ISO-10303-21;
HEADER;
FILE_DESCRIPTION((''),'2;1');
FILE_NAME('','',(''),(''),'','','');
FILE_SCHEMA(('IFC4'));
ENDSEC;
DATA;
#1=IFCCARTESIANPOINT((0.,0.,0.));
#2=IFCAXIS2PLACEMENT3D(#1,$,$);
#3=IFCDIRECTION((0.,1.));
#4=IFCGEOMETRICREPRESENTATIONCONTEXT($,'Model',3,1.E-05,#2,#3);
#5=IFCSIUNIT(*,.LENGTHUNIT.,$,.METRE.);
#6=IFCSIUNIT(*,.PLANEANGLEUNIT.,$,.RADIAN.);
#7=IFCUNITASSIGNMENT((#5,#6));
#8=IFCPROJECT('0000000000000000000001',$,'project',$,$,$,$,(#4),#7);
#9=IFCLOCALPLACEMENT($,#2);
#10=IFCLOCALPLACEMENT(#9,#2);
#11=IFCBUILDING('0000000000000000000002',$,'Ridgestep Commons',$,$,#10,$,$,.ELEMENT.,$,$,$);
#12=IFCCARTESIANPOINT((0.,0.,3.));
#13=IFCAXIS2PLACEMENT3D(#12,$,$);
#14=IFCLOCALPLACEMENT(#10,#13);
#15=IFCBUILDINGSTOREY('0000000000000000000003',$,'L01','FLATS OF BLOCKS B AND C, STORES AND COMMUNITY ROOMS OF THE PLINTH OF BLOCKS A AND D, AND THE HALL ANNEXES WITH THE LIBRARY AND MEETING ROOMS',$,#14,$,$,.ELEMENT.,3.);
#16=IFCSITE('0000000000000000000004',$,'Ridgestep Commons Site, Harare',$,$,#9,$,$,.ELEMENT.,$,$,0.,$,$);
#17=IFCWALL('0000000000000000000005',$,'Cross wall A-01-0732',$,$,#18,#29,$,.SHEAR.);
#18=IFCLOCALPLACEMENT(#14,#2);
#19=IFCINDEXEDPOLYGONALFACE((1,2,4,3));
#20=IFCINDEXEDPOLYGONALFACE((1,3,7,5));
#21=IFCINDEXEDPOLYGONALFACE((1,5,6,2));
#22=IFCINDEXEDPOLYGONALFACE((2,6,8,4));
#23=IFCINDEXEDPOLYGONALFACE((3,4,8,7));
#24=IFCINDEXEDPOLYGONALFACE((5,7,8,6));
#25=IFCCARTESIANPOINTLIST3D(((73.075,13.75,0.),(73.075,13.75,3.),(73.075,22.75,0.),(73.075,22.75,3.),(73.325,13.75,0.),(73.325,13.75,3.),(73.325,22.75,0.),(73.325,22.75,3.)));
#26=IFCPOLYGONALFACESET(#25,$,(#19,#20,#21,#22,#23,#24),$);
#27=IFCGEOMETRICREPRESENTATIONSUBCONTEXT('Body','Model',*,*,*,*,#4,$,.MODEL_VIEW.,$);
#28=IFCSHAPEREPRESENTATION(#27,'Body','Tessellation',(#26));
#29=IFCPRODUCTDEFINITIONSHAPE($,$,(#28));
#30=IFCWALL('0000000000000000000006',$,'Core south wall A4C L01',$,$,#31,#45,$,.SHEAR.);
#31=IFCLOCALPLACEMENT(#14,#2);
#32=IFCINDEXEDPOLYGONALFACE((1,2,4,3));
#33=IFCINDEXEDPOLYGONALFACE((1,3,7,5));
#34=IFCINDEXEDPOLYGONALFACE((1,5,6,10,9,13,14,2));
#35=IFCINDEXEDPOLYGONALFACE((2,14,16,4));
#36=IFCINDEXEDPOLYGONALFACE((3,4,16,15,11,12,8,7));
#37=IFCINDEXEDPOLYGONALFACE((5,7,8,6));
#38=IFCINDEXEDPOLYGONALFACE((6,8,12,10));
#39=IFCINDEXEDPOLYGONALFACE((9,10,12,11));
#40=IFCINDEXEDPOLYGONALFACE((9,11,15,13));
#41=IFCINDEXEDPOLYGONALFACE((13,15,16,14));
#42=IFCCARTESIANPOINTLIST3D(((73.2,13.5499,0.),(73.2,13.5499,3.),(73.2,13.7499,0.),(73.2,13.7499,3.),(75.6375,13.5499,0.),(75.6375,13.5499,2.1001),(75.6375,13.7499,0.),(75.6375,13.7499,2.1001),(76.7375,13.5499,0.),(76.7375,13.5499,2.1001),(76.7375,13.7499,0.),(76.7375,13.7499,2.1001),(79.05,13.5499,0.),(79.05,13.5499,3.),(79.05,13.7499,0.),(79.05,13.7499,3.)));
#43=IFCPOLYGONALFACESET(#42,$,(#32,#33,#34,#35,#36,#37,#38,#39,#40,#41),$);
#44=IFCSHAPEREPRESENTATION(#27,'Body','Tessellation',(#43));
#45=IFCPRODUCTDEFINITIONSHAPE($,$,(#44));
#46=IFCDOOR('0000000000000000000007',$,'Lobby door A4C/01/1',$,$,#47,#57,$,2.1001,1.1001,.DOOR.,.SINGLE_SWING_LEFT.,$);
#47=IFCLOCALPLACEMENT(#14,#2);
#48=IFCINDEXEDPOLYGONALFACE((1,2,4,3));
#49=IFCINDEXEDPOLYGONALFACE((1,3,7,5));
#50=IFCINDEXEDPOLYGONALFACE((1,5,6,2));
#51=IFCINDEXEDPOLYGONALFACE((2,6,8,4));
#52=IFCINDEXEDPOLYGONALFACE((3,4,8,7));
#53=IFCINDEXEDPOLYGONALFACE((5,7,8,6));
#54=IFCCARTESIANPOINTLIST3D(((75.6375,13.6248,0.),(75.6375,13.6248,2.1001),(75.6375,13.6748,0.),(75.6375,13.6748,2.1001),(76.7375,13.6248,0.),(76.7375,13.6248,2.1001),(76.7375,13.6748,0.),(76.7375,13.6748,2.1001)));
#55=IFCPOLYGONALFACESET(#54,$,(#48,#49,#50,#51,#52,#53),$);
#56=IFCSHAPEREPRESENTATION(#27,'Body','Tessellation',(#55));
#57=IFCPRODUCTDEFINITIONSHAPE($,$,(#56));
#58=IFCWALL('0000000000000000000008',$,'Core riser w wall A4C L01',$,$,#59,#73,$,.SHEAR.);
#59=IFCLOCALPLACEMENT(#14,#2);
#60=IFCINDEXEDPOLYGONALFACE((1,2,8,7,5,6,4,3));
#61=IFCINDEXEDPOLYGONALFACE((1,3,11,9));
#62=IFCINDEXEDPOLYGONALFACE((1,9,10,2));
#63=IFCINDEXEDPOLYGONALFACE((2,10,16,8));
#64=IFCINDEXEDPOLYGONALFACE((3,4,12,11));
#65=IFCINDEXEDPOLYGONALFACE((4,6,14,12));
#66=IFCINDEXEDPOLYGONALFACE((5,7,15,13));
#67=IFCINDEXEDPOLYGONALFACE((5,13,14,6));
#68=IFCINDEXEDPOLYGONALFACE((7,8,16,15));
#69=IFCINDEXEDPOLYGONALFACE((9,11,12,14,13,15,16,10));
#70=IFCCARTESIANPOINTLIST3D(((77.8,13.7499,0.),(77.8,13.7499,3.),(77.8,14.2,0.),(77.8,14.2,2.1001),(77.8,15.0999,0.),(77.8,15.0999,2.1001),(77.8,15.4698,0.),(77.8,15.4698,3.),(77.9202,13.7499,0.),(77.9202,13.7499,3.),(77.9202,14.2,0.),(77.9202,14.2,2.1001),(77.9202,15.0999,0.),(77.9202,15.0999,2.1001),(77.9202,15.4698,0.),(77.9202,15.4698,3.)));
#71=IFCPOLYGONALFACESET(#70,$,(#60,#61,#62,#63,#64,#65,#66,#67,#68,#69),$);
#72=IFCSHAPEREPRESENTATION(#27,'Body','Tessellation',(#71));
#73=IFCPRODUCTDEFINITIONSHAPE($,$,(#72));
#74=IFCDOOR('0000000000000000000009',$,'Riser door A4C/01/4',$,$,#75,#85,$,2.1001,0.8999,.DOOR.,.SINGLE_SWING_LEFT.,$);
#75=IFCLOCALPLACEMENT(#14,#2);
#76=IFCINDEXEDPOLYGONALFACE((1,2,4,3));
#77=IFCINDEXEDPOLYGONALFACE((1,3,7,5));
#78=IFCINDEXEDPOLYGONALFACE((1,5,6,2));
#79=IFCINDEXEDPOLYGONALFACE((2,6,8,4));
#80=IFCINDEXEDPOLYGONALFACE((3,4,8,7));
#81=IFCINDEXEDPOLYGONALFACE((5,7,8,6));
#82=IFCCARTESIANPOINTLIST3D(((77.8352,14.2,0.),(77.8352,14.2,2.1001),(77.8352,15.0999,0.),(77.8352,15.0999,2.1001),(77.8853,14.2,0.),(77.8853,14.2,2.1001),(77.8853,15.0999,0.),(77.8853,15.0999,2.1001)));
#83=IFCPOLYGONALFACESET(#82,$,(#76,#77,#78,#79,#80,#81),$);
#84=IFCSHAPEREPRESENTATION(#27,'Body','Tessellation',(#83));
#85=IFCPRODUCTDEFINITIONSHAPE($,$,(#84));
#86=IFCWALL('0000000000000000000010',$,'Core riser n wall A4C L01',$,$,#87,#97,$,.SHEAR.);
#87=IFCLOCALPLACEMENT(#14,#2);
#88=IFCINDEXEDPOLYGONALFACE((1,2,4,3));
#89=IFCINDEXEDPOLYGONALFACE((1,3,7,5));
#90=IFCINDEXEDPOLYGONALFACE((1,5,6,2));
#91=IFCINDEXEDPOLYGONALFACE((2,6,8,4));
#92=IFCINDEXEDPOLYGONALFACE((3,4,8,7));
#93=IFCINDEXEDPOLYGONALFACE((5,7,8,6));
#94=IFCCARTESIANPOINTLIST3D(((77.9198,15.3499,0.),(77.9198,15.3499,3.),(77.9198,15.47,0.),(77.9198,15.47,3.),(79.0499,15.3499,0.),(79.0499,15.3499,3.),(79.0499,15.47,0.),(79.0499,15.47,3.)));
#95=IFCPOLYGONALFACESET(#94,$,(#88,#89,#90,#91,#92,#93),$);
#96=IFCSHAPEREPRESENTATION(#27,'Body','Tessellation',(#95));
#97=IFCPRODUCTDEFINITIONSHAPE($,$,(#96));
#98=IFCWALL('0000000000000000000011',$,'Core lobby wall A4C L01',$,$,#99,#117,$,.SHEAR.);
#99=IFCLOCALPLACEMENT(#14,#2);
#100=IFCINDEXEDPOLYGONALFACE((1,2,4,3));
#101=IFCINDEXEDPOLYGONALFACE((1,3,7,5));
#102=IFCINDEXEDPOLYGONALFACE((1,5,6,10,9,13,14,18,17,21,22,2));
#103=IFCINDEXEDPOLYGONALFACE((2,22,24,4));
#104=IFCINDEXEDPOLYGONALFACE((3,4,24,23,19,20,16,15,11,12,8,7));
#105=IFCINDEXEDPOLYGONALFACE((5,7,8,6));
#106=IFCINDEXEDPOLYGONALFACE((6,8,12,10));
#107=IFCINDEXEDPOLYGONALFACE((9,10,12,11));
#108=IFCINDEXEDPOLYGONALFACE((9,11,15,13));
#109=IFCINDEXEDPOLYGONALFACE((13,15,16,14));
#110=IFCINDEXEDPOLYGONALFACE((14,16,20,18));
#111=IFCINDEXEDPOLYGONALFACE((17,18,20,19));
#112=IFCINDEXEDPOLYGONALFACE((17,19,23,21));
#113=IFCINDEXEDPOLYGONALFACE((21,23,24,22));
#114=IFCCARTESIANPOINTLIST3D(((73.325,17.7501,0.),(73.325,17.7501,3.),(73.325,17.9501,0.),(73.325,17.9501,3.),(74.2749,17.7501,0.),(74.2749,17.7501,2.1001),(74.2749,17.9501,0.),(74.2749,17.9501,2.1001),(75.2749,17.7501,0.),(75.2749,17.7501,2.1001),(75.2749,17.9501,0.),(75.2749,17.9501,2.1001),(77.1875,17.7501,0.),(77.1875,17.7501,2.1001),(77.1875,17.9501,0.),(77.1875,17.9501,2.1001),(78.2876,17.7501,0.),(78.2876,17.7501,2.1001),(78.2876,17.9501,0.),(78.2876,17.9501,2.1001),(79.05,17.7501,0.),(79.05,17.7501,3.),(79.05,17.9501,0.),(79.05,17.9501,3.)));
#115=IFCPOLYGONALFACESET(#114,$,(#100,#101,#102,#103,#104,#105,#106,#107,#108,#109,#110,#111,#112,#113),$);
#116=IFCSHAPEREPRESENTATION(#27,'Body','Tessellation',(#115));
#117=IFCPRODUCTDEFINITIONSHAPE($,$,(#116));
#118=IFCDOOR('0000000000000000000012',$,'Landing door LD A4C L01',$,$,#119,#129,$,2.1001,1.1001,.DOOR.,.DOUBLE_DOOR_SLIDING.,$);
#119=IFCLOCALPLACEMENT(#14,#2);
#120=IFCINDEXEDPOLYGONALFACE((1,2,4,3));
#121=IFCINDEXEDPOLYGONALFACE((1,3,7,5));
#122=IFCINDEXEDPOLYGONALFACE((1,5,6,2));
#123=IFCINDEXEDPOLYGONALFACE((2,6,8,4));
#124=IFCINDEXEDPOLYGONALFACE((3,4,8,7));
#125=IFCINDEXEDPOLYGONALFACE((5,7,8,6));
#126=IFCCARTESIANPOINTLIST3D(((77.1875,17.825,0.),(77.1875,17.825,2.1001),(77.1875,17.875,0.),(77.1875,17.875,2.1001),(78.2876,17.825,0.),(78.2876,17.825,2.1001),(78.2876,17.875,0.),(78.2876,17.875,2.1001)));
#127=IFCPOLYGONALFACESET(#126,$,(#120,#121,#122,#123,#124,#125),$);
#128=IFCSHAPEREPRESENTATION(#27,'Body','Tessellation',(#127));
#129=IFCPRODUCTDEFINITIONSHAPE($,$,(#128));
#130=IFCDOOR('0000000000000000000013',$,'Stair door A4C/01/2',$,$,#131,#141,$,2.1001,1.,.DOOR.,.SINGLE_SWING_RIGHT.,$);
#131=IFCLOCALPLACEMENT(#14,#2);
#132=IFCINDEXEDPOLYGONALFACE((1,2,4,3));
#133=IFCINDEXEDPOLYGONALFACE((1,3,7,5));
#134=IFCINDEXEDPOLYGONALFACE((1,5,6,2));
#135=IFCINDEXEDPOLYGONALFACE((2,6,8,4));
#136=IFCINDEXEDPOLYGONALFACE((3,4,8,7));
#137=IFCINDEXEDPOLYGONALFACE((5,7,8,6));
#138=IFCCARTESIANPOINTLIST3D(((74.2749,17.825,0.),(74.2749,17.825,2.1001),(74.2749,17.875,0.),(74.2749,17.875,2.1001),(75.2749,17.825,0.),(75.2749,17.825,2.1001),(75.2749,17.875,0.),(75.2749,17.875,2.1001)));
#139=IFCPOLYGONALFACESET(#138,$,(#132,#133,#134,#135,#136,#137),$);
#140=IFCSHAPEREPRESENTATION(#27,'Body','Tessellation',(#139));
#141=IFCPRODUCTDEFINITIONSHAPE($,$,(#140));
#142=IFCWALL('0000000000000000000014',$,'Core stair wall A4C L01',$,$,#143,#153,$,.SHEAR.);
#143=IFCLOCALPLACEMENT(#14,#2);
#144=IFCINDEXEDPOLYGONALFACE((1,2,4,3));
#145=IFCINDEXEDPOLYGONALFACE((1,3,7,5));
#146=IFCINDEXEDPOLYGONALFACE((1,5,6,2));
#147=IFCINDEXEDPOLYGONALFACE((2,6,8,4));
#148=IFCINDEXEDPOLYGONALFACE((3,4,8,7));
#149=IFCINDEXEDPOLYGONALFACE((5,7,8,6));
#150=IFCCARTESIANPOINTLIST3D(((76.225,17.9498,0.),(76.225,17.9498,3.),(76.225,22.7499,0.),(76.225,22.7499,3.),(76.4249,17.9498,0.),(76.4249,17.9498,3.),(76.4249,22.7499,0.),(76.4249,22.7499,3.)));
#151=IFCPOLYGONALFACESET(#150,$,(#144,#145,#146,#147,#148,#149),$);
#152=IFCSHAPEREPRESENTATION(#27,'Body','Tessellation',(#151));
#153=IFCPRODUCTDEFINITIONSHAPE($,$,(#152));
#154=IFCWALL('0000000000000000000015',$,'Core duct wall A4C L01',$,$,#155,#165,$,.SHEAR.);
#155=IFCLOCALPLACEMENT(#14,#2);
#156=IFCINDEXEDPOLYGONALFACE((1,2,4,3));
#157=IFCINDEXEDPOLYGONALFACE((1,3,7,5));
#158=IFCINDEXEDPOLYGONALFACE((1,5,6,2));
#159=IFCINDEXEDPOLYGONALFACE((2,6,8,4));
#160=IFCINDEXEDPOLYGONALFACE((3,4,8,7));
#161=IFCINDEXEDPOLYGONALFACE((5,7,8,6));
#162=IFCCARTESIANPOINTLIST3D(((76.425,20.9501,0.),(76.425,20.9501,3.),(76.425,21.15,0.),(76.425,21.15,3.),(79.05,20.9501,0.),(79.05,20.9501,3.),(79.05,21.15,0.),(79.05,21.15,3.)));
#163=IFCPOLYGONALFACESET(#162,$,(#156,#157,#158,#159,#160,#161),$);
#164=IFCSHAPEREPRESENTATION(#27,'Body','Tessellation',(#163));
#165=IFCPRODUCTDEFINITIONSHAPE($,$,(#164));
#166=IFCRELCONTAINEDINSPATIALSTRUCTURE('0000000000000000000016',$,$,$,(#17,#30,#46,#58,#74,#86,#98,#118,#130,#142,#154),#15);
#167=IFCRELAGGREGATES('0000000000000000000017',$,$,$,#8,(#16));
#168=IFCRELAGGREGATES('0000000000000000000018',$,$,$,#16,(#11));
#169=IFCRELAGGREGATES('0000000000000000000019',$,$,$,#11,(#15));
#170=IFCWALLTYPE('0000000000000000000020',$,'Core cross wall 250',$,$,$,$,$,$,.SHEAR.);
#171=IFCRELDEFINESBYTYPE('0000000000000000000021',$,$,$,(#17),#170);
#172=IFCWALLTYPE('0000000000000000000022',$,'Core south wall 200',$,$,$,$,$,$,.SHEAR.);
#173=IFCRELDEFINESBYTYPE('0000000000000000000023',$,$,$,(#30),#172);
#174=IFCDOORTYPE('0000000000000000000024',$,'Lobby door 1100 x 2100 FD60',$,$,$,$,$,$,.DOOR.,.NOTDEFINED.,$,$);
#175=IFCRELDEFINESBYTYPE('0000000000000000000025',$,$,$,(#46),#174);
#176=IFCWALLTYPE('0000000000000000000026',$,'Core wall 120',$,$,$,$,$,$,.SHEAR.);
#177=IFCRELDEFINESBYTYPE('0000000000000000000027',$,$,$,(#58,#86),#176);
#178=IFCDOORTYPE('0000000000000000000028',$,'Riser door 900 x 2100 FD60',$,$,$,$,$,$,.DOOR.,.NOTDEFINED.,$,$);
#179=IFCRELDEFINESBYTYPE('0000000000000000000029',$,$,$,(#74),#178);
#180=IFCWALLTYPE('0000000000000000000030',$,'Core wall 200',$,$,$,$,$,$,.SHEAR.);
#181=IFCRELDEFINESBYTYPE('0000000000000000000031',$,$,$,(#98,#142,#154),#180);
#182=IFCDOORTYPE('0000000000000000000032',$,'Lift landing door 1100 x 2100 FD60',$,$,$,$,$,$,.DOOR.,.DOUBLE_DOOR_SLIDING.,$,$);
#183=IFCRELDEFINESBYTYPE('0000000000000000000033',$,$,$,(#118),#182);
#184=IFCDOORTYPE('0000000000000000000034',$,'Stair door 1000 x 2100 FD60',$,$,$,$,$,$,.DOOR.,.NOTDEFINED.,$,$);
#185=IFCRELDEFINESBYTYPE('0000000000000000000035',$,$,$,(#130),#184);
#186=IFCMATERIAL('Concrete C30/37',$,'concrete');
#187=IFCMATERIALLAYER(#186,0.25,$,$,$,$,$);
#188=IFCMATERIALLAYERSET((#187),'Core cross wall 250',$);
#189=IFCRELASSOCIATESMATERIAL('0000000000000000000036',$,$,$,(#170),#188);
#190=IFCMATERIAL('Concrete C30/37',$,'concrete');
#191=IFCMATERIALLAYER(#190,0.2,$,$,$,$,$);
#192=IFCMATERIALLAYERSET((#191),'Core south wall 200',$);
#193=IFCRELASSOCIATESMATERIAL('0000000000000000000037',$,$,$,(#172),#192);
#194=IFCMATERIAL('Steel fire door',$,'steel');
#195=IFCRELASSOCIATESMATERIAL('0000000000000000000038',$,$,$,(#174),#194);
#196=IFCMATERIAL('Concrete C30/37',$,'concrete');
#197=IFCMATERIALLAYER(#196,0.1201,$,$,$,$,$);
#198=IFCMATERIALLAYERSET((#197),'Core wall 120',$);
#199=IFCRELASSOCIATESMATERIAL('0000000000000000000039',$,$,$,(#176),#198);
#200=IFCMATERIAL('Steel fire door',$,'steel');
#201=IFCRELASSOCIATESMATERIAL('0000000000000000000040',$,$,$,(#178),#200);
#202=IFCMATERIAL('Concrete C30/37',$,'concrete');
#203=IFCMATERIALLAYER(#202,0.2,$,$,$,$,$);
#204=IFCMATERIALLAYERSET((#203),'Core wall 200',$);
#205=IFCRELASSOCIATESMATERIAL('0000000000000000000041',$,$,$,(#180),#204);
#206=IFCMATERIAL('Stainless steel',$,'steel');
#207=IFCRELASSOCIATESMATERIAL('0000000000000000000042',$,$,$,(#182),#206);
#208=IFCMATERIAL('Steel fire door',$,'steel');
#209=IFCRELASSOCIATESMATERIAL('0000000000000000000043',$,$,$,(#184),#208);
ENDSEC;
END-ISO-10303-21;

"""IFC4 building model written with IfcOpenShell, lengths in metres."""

from ifc_helpers import new_model, si_unit, direction, frame, frame_2d, origin, place, context, subcontext, project, spatial, rectangle, extrude, material, layer, layer_set, type_object, element, fill, save


model = new_model("IFC4")

# Units and contexts
model_context = context("Model", 3, precision=1e-05, world=origin(), true_north=direction((0.0, 1.0)))
body_context = subcontext(model_context, "Body", "Model", "MODEL_VIEW")
ifc_project = project(units=[si_unit("LENGTHUNIT", "METRE"), si_unit("PLANEANGLEUNIT", "RADIAN")], contexts=[model_context])

# Site, building, storey
site_placement = place(None, origin())
site = spatial("IfcSite", under=ifc_project, at=site_placement, Name="Ridgestep Commons Site, Harare", CompositionType="ELEMENT", RefElevation=0.0)
building_placement = place(site_placement, origin())
building = spatial("IfcBuilding", under=site, at=building_placement, Name="Ridgestep Commons", CompositionType="ELEMENT")
storey_placement = place(building_placement, frame((0.0, 0.0, 3.0)))
storey = spatial("IfcBuildingStorey", under=building, at=storey_placement, Name="L01", Description="FLATS OF BLOCKS B AND C, STORES AND COMMUNITY ROOMS OF THE PLINTH OF BLOCKS A AND D, AND THE HALL ANNEXES WITH THE LIBRARY AND MEETING ROOMS", CompositionType="ELEMENT", Elevation=3.0)

# Wall
ifc_material_1 = material(Name="Concrete C30/37", Category="concrete")
ifc_layer_1 = layer(ifc_material_1, 0.25)
ifc_layer_set_1 = layer_set([ifc_layer_1], Name="Core cross wall 250")
wall_type_1 = type_object("IfcWallType", Name="Core cross wall 250", PredefinedType="SHEAR", material=ifc_layer_set_1)
wall_1_placement = place(storey_placement, frame((73.2, 13.75, 0.0), z_axis=(0.0, 0.0, 1.0), x_axis=(0.0, 1.0, 0.0)))
element("IfcWall", 1, at=wall_1_placement, inside=storey, type_object=wall_type_1, Name="Cross wall A-01-0732", PredefinedType="SHEAR", context=body_context, shape_type="SweptSolid", body=[
    extrude(rectangle(XDim=9.0, YDim=0.25, at=frame_2d((4.5, 0.0))), origin(), (0.0, 0.0, 1.0), 3.0),
])

# Walls, openings, doors
ifc_material_2 = material(Name="Concrete C30/37", Category="concrete")
ifc_layer_2 = layer(ifc_material_2, 0.2)
ifc_layer_set_2 = layer_set([ifc_layer_2], Name="Core south wall 200")
wall_type_2 = type_object("IfcWallType", Name="Core south wall 200", PredefinedType="SHEAR", material=ifc_layer_set_2)
wall_2_placement = place(storey_placement, frame((73.2, 13.6499, 0.0), z_axis=(0.0, 0.0, 1.0), x_axis=(1.0, 0.0, 0.0)))
wall_2 = element("IfcWall", 2, at=wall_2_placement, inside=storey, type_object=wall_type_2, Name="Core south wall A4C L01", PredefinedType="SHEAR", context=body_context, shape_type="SweptSolid", body=[
    extrude(rectangle(XDim=5.8501, YDim=0.2, at=frame_2d((2.925, 0.0))), origin(), (0.0, 0.0, 1.0), 3.0),
])
opening_1_placement = place(wall_2_placement, frame((2.4375, 0.0, 0.0)))
opening_1 = element("IfcOpeningElement", 3, at=opening_1_placement, cuts=wall_2, PredefinedType="OPENING", context=body_context, shape_type="SweptSolid", body=[
    extrude(rectangle(XDim=1.1001, YDim=2.1001, at=frame_2d((0.55, 1.05))), frame((0.0, 0.1099, 0.0), z_axis=(0.0, -1.0, 0.0), x_axis=(1.0, 0.0, 0.0)), (0.0, 0.0, 1.0), 0.22),
])
ifc_material_3 = material(Name="Steel fire door", Category="steel")
door_type_1 = type_object("IfcDoorType", Name="Lobby door 1100 x 2100 FD60", OperationType="NOTDEFINED", PredefinedType="DOOR", material=ifc_material_3)
door_1_placement = place(opening_1_placement, origin())
door_1 = element("IfcDoor", 4, at=door_1_placement, inside=storey, type_object=door_type_1, Name="Lobby door A4C/01/1", OperationType="SINGLE_SWING_LEFT", OverallHeight=2.1001, OverallWidth=1.1001, PredefinedType="DOOR", context=body_context, shape_type="SweptSolid", body=[
    extrude(rectangle(XDim=1.1001, YDim=2.1001, at=frame_2d((0.55, 1.05))), frame((0.0, 0.0249, 0.0), z_axis=(0.0, -1.0, 0.0), x_axis=(1.0, 0.0, 0.0)), (0.0, 0.0, 1.0), 0.05),
])
fill(opening_1, door_1)
ifc_material_4 = material(Name="Concrete C30/37", Category="concrete")
ifc_layer_3 = layer(ifc_material_4, 0.1201)
ifc_layer_set_3 = layer_set([ifc_layer_3], Name="Core wall 120")
wall_type_3 = type_object("IfcWallType", Name="Core wall 120", PredefinedType="SHEAR", material=ifc_layer_set_3)
wall_3_placement = place(storey_placement, frame((77.8601, 13.75, 0.0), z_axis=(0.0, 0.0, 1.0), x_axis=(0.0, 1.0, 0.0)))
wall_3 = element("IfcWall", 5, at=wall_3_placement, inside=storey, type_object=wall_type_3, Name="Core riser w wall A4C L01", PredefinedType="SHEAR", context=body_context, shape_type="SweptSolid", body=[
    extrude(rectangle(XDim=1.72, YDim=0.1201, at=frame_2d((0.8599, 0.0))), origin(), (0.0, 0.0, 1.0), 3.0),
])
opening_2_placement = place(wall_3_placement, frame((0.45, 0.0, 0.0)))
opening_2 = element("IfcOpeningElement", 6, at=opening_2_placement, cuts=wall_3, PredefinedType="OPENING", context=body_context, shape_type="SweptSolid", body=[
    extrude(rectangle(XDim=0.8999, YDim=2.1001, at=frame_2d((0.45, 1.05))), frame((0.0, 0.0701, 0.0), z_axis=(0.0, -1.0, 0.0), x_axis=(1.0, 0.0, 0.0)), (0.0, 0.0, 1.0), 0.1401),
])
ifc_material_5 = material(Name="Steel fire door", Category="steel")
door_type_2 = type_object("IfcDoorType", Name="Riser door 900 x 2100 FD60", OperationType="NOTDEFINED", PredefinedType="DOOR", material=ifc_material_5)
door_2_placement = place(opening_2_placement, origin())
door_2 = element("IfcDoor", 7, at=door_2_placement, inside=storey, type_object=door_type_2, Name="Riser door A4C/01/4", OperationType="SINGLE_SWING_LEFT", OverallHeight=2.1001, OverallWidth=0.8999, PredefinedType="DOOR", context=body_context, shape_type="SweptSolid", body=[
    extrude(rectangle(XDim=0.8999, YDim=2.1001, at=frame_2d((0.45, 1.05))), frame((0.0, 0.0249, 0.0), z_axis=(0.0, -1.0, 0.0), x_axis=(1.0, 0.0, 0.0)), (0.0, 0.0, 1.0), 0.05),
])
fill(opening_2, door_2)

# Wall
wall_4_placement = place(storey_placement, frame((77.9199, 15.4099, 0.0), z_axis=(0.0, 0.0, 1.0), x_axis=(1.0, 0.0, 0.0)))
element("IfcWall", 8, at=wall_4_placement, inside=storey, type_object=wall_type_3, Name="Core riser n wall A4C L01", PredefinedType="SHEAR", context=body_context, shape_type="SweptSolid", body=[
    extrude(rectangle(XDim=1.1301, YDim=0.1201, at=frame_2d((0.5649, 0.0))), origin(), (0.0, 0.0, 1.0), 3.0),
])

# Wall, openings, doors
ifc_material_6 = material(Name="Concrete C30/37", Category="concrete")
ifc_layer_4 = layer(ifc_material_6, 0.2)
ifc_layer_set_4 = layer_set([ifc_layer_4], Name="Core wall 200")
wall_type_4 = type_object("IfcWallType", Name="Core wall 200", PredefinedType="SHEAR", material=ifc_layer_set_4)
wall_5_placement = place(storey_placement, frame((73.325, 17.8501, 0.0), z_axis=(0.0, 0.0, 1.0), x_axis=(1.0, 0.0, 0.0)))
wall_5 = element("IfcWall", 9, at=wall_5_placement, inside=storey, type_object=wall_type_4, Name="Core lobby wall A4C L01", PredefinedType="SHEAR", context=body_context, shape_type="SweptSolid", body=[
    extrude(rectangle(XDim=5.7251, YDim=0.2, at=frame_2d((2.8625, 0.0))), origin(), (0.0, 0.0, 1.0), 3.0),
])
opening_3_placement = place(wall_5_placement, frame((0.95, 0.0, 0.0)))
opening_3 = element("IfcOpeningElement", 10, at=opening_3_placement, cuts=wall_5, PredefinedType="OPENING", context=body_context, shape_type="SweptSolid", body=[
    extrude(rectangle(XDim=1.0, YDim=2.1001, at=frame_2d((0.5, 1.05))), frame((0.0, 0.1099, 0.0), z_axis=(0.0, -1.0, 0.0), x_axis=(1.0, 0.0, 0.0)), (0.0, 0.0, 1.0), 0.22),
])
opening_4_placement = place(wall_5_placement, frame((3.8625, 0.0, 0.0)))
opening_4 = element("IfcOpeningElement", 11, at=opening_4_placement, cuts=wall_5, PredefinedType="OPENING", context=body_context, shape_type="SweptSolid", body=[
    extrude(rectangle(XDim=1.1001, YDim=2.1001, at=frame_2d((0.55, 1.05))), frame((0.0, 0.1099, 0.0), z_axis=(0.0, -1.0, 0.0), x_axis=(1.0, 0.0, 0.0)), (0.0, 0.0, 1.0), 0.22),
])
ifc_material_7 = material(Name="Stainless steel", Category="steel")
door_type_3 = type_object("IfcDoorType", Name="Lift landing door 1100 x 2100 FD60", OperationType="DOUBLE_DOOR_SLIDING", PredefinedType="DOOR", material=ifc_material_7)
door_3_placement = place(opening_4_placement, origin())
door_3 = element("IfcDoor", 12, at=door_3_placement, inside=storey, type_object=door_type_3, Name="Landing door LD A4C L01", OperationType="DOUBLE_DOOR_SLIDING", OverallHeight=2.1001, OverallWidth=1.1001, PredefinedType="DOOR", context=body_context, shape_type="SweptSolid", body=[
    extrude(rectangle(XDim=1.1001, YDim=2.1001, at=frame_2d((0.55, 1.05))), frame((0.0, 0.0249, 0.0), z_axis=(0.0, -1.0, 0.0), x_axis=(1.0, 0.0, 0.0)), (0.0, 0.0, 1.0), 0.05),
])
fill(opening_4, door_3)
ifc_material_8 = material(Name="Steel fire door", Category="steel")
door_type_4 = type_object("IfcDoorType", Name="Stair door 1000 x 2100 FD60", OperationType="NOTDEFINED", PredefinedType="DOOR", material=ifc_material_8)
door_4_placement = place(opening_3_placement, origin())
door_4 = element("IfcDoor", 13, at=door_4_placement, inside=storey, type_object=door_type_4, Name="Stair door A4C/01/2", OperationType="SINGLE_SWING_RIGHT", OverallHeight=2.1001, OverallWidth=1.0, PredefinedType="DOOR", context=body_context, shape_type="SweptSolid", body=[
    extrude(rectangle(XDim=1.0, YDim=2.1001, at=frame_2d((0.5, 1.05))), frame((0.0, 0.0249, 0.0), z_axis=(0.0, -1.0, 0.0), x_axis=(1.0, 0.0, 0.0)), (0.0, 0.0, 1.0), 0.05),
])
fill(opening_3, door_4)

# Walls
wall_6_placement = place(storey_placement, frame((76.325, 17.95, 0.0), z_axis=(0.0, 0.0, 1.0), x_axis=(0.0, 1.0, 0.0)))
element("IfcWall", 14, at=wall_6_placement, inside=storey, type_object=wall_type_4, Name="Core stair wall A4C L01", PredefinedType="SHEAR", context=body_context, shape_type="SweptSolid", body=[
    extrude(rectangle(XDim=4.8, YDim=0.2, at=frame_2d((2.3999, 0.0))), origin(), (0.0, 0.0, 1.0), 3.0),
])
wall_7_placement = place(storey_placement, frame((76.425, 21.05, 0.0), z_axis=(0.0, 0.0, 1.0), x_axis=(1.0, 0.0, 0.0)))
element("IfcWall", 15, at=wall_7_placement, inside=storey, type_object=wall_type_4, Name="Core duct wall A4C L01", PredefinedType="SHEAR", context=body_context, shape_type="SweptSolid", body=[
    extrude(rectangle(XDim=2.625, YDim=0.2, at=frame_2d((1.3125, 0.0))), origin(), (0.0, 0.0, 1.0), 3.0),
])

save(model, "model.ifc")
